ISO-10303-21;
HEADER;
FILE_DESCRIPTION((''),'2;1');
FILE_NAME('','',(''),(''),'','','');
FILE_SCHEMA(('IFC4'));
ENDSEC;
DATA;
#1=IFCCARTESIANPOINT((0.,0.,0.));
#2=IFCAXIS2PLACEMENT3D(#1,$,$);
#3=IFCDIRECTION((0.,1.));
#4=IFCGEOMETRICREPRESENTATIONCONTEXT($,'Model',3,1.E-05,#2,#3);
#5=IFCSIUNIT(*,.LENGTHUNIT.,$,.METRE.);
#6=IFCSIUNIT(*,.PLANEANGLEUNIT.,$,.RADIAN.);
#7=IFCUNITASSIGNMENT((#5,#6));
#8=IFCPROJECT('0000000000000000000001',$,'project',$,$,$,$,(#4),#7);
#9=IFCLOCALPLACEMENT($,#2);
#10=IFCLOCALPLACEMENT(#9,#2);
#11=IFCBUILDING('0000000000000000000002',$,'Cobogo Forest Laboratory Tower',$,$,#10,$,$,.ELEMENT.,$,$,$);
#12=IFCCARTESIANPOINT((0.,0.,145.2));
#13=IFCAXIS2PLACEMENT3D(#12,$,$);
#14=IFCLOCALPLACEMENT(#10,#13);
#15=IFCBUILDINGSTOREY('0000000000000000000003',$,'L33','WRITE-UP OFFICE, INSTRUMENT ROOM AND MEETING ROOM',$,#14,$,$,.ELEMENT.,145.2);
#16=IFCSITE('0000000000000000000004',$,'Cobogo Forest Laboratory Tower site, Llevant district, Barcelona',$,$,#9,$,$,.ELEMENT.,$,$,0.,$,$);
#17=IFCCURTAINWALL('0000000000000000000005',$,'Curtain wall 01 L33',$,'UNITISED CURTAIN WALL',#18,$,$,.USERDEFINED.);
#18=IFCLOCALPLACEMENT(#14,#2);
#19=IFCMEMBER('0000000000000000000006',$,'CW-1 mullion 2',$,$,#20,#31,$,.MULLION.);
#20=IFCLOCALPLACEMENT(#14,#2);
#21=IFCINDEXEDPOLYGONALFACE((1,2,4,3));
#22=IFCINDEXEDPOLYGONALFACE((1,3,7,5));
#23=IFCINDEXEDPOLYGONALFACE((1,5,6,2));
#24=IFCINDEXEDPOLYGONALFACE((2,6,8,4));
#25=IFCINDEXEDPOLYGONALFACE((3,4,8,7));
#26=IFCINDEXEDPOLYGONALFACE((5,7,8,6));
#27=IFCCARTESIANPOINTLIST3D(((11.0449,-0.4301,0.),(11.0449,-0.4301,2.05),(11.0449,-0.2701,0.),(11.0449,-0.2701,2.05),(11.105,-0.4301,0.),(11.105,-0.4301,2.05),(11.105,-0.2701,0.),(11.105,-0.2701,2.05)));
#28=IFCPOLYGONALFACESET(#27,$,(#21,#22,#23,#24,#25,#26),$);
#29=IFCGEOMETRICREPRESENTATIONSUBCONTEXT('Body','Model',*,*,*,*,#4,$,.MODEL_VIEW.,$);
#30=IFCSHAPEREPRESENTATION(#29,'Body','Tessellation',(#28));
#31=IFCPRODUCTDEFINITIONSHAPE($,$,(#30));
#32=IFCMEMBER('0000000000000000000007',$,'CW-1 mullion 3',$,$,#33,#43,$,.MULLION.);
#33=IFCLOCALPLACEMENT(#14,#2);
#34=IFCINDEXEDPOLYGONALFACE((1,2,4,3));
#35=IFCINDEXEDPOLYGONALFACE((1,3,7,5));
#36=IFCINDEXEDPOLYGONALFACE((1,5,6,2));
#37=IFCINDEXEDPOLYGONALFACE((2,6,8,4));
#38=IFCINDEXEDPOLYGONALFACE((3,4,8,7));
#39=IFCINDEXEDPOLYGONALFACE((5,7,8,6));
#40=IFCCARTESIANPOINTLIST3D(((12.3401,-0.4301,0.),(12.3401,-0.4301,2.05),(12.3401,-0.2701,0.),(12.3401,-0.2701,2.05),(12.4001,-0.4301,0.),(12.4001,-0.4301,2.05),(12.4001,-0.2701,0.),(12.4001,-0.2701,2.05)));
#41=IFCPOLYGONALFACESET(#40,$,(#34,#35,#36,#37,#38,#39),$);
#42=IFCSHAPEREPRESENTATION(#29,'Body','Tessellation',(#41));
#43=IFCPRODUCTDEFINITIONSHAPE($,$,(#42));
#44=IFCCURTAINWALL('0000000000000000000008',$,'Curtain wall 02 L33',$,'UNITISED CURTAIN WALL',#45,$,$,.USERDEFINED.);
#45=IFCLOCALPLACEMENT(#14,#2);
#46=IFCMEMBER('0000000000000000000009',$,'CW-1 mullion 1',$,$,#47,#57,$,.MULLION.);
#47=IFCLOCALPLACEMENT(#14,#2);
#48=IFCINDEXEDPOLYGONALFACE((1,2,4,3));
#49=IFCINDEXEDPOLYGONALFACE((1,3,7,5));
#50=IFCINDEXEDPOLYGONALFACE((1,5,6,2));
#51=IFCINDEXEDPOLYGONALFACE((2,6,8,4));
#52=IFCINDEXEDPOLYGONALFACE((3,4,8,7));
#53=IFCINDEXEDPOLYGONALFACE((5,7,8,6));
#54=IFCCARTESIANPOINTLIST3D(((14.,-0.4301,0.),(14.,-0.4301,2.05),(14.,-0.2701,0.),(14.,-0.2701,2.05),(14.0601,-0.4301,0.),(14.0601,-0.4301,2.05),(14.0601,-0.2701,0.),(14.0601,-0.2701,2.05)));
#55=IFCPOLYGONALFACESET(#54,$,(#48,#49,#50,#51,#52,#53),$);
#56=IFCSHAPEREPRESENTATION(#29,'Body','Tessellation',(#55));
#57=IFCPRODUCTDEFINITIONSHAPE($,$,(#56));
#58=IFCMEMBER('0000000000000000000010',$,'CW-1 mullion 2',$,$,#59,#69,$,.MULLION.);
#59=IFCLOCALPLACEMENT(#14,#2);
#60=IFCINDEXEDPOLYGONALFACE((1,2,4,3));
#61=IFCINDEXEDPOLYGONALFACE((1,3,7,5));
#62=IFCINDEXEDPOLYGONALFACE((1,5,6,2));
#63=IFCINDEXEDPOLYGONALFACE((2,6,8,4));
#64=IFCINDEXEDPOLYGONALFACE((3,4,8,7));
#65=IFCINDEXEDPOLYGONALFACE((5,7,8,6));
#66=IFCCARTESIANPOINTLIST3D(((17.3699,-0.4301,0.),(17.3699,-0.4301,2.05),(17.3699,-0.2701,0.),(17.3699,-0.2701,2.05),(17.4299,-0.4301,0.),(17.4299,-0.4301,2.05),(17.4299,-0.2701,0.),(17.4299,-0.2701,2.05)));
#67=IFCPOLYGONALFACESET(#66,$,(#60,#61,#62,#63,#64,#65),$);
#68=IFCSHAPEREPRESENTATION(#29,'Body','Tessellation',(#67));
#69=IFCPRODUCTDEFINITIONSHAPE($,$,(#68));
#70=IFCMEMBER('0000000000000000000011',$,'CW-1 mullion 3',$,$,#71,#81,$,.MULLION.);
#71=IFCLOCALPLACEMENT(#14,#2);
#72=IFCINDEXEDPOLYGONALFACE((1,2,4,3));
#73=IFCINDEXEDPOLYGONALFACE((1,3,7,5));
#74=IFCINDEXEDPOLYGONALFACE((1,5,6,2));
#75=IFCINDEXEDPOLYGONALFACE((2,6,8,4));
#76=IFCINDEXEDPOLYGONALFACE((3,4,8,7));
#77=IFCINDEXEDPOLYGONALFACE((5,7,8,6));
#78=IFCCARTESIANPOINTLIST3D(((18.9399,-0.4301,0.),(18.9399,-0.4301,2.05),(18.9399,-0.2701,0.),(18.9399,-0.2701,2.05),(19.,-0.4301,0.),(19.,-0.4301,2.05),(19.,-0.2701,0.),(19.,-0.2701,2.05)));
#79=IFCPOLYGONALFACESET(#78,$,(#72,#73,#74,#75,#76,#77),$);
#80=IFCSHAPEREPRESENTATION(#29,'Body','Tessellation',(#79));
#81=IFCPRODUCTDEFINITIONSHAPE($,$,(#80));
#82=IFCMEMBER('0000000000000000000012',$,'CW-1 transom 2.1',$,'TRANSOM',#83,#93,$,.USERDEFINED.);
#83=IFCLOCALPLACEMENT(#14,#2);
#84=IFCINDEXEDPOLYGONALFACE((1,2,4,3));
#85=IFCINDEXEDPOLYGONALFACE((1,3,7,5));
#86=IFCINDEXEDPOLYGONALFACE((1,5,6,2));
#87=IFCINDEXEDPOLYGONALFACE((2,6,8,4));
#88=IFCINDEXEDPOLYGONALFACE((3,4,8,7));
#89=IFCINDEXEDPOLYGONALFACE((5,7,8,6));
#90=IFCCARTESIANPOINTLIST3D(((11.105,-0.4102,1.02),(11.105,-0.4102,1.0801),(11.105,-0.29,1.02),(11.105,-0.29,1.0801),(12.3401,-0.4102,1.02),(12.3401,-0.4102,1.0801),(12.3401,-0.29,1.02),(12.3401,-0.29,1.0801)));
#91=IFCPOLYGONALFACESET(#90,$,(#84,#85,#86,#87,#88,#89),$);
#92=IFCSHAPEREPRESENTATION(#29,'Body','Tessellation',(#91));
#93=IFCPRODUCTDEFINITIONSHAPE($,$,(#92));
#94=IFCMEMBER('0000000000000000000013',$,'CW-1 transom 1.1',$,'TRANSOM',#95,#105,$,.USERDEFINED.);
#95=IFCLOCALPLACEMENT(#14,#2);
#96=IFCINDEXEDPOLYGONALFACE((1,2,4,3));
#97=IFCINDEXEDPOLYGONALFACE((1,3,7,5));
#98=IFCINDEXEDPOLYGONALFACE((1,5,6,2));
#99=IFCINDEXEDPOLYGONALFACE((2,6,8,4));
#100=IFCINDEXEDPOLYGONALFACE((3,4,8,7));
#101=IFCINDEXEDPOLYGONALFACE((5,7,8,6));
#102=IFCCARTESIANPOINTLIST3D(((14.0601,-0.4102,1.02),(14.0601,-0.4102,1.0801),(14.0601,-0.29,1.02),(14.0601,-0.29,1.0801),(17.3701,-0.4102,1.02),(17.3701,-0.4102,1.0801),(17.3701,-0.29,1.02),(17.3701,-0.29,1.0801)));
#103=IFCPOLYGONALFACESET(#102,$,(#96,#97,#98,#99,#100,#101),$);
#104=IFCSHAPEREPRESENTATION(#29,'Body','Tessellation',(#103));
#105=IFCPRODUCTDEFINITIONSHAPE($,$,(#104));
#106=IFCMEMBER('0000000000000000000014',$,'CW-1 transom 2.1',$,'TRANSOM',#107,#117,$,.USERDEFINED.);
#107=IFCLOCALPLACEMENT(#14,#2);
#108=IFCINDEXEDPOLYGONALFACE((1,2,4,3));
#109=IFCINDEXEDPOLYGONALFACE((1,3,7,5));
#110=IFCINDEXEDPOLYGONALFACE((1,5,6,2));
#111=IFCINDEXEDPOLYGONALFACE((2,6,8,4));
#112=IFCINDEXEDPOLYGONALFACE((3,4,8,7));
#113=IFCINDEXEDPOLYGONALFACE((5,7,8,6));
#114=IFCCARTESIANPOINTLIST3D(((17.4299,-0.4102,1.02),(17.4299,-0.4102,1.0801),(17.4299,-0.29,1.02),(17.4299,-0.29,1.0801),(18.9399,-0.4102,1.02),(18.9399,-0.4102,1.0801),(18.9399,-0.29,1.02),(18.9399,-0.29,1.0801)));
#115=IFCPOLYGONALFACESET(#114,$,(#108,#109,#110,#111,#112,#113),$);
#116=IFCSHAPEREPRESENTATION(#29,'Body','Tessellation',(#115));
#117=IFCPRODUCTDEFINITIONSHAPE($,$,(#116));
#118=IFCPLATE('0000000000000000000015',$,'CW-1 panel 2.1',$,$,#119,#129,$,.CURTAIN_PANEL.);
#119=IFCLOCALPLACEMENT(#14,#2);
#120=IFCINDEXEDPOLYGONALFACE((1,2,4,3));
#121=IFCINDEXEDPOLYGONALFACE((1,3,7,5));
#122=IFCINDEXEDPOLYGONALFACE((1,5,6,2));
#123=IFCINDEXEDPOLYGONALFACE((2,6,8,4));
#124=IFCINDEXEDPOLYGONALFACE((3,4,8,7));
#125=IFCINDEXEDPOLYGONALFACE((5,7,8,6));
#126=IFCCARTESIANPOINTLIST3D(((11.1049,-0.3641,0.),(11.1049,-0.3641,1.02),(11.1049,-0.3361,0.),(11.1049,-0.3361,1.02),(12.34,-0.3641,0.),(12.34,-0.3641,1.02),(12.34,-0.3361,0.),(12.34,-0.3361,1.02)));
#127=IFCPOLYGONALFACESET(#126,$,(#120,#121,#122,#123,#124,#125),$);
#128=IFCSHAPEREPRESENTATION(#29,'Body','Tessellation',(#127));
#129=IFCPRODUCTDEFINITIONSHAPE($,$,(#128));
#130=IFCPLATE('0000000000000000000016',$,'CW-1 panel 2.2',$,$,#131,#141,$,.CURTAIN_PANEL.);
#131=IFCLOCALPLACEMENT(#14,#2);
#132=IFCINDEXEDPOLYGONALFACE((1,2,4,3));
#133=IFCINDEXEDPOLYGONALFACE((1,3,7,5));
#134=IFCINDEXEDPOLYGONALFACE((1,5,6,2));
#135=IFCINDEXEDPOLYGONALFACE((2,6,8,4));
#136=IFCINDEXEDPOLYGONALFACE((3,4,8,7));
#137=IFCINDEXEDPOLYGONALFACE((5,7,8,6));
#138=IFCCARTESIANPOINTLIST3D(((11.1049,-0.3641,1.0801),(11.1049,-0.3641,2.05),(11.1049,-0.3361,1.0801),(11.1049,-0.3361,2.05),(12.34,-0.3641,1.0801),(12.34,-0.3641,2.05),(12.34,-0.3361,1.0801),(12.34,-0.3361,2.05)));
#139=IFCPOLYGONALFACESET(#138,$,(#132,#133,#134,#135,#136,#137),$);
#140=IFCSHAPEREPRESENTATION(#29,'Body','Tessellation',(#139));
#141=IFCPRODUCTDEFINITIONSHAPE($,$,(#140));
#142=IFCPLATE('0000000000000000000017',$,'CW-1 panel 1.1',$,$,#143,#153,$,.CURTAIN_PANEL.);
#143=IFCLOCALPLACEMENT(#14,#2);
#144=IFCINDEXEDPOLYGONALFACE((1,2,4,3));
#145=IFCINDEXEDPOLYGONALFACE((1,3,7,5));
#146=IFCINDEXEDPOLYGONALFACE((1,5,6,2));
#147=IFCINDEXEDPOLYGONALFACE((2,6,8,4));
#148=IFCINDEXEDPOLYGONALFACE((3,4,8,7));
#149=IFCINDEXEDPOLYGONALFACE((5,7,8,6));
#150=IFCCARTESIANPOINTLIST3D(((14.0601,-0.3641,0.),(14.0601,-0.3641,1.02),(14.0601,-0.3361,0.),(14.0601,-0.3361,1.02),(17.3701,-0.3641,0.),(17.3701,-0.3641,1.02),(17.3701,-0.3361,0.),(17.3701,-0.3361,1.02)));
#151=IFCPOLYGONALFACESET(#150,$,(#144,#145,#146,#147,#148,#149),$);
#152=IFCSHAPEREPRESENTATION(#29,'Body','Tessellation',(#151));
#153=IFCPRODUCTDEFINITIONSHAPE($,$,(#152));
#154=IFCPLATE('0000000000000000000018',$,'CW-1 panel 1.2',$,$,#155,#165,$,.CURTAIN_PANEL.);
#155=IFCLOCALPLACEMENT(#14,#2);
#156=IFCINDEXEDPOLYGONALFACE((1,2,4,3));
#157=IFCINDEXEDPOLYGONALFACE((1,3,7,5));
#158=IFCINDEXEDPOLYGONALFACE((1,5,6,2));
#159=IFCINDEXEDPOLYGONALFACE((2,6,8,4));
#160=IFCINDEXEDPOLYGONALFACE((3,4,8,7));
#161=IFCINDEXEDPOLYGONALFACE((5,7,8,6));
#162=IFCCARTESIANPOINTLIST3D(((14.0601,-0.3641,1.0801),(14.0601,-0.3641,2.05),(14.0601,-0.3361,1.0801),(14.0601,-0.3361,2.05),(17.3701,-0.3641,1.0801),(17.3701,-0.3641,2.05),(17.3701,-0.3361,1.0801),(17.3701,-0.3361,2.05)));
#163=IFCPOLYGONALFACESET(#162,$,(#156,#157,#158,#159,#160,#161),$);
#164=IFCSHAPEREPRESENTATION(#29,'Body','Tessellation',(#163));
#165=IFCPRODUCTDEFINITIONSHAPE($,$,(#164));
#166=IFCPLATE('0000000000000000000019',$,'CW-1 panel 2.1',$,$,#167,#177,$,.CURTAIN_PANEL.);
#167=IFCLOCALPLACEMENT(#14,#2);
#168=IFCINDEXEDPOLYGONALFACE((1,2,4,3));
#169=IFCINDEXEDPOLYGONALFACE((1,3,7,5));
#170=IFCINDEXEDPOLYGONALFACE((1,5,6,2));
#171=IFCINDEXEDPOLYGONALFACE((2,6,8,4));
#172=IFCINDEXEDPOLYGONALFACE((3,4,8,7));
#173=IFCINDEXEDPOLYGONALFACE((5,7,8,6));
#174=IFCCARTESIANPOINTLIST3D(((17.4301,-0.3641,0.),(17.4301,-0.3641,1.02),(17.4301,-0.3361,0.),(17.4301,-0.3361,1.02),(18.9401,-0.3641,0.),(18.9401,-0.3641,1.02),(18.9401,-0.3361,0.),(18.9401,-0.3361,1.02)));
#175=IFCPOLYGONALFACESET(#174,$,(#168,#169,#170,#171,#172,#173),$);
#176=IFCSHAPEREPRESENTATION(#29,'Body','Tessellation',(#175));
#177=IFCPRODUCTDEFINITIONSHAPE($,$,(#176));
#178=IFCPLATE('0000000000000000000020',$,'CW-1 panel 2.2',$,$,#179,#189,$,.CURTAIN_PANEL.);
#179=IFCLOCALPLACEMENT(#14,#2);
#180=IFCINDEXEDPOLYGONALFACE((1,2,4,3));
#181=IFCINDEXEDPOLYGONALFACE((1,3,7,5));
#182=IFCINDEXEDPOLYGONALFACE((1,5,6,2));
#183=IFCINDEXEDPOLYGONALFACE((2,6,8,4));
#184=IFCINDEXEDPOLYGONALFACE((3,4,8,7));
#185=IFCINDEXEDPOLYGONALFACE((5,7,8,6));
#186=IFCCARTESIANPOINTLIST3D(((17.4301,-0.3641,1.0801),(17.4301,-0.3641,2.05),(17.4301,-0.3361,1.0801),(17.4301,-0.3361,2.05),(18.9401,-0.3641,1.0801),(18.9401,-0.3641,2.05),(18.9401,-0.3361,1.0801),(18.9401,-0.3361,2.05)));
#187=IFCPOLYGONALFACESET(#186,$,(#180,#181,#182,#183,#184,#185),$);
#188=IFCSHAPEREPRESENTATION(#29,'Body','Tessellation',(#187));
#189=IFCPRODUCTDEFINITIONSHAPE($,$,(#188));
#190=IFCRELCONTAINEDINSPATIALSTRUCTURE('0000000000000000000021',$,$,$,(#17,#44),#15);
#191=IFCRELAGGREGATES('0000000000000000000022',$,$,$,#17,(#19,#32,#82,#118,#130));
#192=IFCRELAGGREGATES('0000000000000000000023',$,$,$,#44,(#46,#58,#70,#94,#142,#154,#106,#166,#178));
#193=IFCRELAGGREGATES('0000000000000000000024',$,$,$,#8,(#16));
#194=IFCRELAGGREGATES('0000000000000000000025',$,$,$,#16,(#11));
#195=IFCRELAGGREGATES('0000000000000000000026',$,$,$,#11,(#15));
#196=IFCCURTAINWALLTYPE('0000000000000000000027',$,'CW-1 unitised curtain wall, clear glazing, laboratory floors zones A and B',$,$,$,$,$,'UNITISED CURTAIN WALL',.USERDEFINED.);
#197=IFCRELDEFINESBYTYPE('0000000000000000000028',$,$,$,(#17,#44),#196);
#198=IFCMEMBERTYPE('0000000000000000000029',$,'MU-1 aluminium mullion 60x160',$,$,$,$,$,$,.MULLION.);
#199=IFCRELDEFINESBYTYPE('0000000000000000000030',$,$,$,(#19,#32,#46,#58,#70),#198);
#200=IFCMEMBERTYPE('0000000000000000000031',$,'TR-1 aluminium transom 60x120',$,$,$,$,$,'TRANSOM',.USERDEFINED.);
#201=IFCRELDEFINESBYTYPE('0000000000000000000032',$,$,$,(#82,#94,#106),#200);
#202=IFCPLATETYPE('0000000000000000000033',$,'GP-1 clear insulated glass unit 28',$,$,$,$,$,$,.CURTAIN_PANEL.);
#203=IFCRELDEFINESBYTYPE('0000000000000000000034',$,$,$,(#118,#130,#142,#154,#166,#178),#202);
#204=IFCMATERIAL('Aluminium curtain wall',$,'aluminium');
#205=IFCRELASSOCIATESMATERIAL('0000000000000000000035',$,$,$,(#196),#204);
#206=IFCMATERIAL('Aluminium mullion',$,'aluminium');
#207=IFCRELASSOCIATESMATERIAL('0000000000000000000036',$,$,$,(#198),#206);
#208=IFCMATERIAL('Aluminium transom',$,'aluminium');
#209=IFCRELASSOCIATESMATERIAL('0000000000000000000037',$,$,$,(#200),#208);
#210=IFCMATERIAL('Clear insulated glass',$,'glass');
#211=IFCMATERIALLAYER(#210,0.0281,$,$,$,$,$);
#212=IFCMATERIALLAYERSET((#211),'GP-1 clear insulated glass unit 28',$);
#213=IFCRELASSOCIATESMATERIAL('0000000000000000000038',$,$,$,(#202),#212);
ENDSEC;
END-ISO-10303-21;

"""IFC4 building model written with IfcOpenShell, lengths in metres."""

from ifc_helpers import new_model, si_unit, direction, frame, origin, origin_2d, place, context, subcontext, project, spatial, rectangle, extrude, material, layer, layer_set, material_profile, profile_set, type_object, element, aggregate, save


model = new_model("IFC4")

# Units and contexts
model_context = context("Model", 3, precision=1e-05, world=origin(), true_north=direction((0.0, 1.0)))
body_context = subcontext(model_context, "Body", "Model", "MODEL_VIEW")
ifc_project = project(units=[si_unit("LENGTHUNIT", "METRE"), si_unit("PLANEANGLEUNIT", "RADIAN")], contexts=[model_context])

# Site, building, storey
site_placement = place(None, origin())
site = spatial("IfcSite", under=ifc_project, at=site_placement, Name="Cobogo Forest Laboratory Tower site, Llevant district, Barcelona", CompositionType="ELEMENT", RefElevation=0.0)
building_placement = place(site_placement, origin())
building = spatial("IfcBuilding", under=site, at=building_placement, Name="Cobogo Forest Laboratory Tower", CompositionType="ELEMENT")
storey_placement = place(building_placement, frame((0.0, 0.0, 145.2)))
storey = spatial("IfcBuildingStorey", under=building, at=storey_placement, Name="L33", Description="WRITE-UP OFFICE, INSTRUMENT ROOM AND MEETING ROOM", CompositionType="ELEMENT", Elevation=145.2)

# Curtain walls, members
ifc_material_1 = material(Name="Aluminium curtain wall", Category="aluminium")
curtain_wall_type = type_object("IfcCurtainWallType", Name="CW-1 unitised curtain wall, clear glazing, laboratory floors zones A and B", ElementType="UNITISED CURTAIN WALL", PredefinedType="USERDEFINED", material=ifc_material_1)
curtain_wall_1_placement = place(storey_placement, origin())
curtain_wall_1 = element("IfcCurtainWall", 1, at=curtain_wall_1_placement, inside=storey, type_object=curtain_wall_type, Name="Curtain wall 01 L33", ObjectType="UNITISED CURTAIN WALL", PredefinedType="USERDEFINED")
ifc_material_2 = material(Name="Aluminium mullion", Category="aluminium")
ifc_material_profile_1 = material_profile(ifc_material_2, rectangle(XDim=0.0601, YDim=0.1599, at=origin_2d()), Name="AL 60x160")
ifc_profile_set_1 = profile_set([ifc_material_profile_1], Name="Aluminium mullion")
member_type_1 = type_object("IfcMemberType", Name="MU-1 aluminium mullion 60x160", PredefinedType="MULLION", material=ifc_profile_set_1)
member_1_placement = place(storey_placement, frame((11.075, -0.3501, 0.0), z_axis=(0.0, 0.0, 1.0), x_axis=(1.0, 0.0, 0.0)))
member_1 = element("IfcMember", 2, at=member_1_placement, type_object=member_type_1, Name="CW-1 mullion 2", PredefinedType="MULLION", context=body_context, shape_type="SweptSolid", body=[
    extrude(rectangle(XDim=0.0601, YDim=0.1599, at=origin_2d()), origin(), (0.0, 0.0, 1.0), 2.05),
])
member_2_placement = place(storey_placement, frame((12.3701, -0.3501, 0.0), z_axis=(0.0, 0.0, 1.0), x_axis=(1.0, 0.0, 0.0)))
member_2 = element("IfcMember", 3, at=member_2_placement, type_object=member_type_1, Name="CW-1 mullion 3", PredefinedType="MULLION", context=body_context, shape_type="SweptSolid", body=[
    extrude(rectangle(XDim=0.0601, YDim=0.1599, at=origin_2d()), origin(), (0.0, 0.0, 1.0), 2.05),
])
curtain_wall_2_placement = place(storey_placement, origin())
curtain_wall_2 = element("IfcCurtainWall", 4, at=curtain_wall_2_placement, inside=storey, type_object=curtain_wall_type, Name="Curtain wall 02 L33", ObjectType="UNITISED CURTAIN WALL", PredefinedType="USERDEFINED")
member_3_placement = place(storey_placement, frame((14.03, -0.3501, 0.0), z_axis=(0.0, 0.0, 1.0), x_axis=(1.0, 0.0, 0.0)))
member_3 = element("IfcMember", 5, at=member_3_placement, type_object=member_type_1, Name="CW-1 mullion 1", PredefinedType="MULLION", context=body_context, shape_type="SweptSolid", body=[
    extrude(rectangle(XDim=0.0601, YDim=0.1599, at=origin_2d()), origin(), (0.0, 0.0, 1.0), 2.05),
])
member_4_placement = place(storey_placement, frame((17.3999, -0.3501, 0.0), z_axis=(0.0, 0.0, 1.0), x_axis=(1.0, 0.0, 0.0)))
member_4 = element("IfcMember", 6, at=member_4_placement, type_object=member_type_1, Name="CW-1 mullion 2", PredefinedType="MULLION", context=body_context, shape_type="SweptSolid", body=[
    extrude(rectangle(XDim=0.0601, YDim=0.1599, at=origin_2d()), origin(), (0.0, 0.0, 1.0), 2.05),
])
member_5_placement = place(storey_placement, frame((18.97, -0.3501, 0.0), z_axis=(0.0, 0.0, 1.0), x_axis=(1.0, 0.0, 0.0)))
member_5 = element("IfcMember", 7, at=member_5_placement, type_object=member_type_1, Name="CW-1 mullion 3", PredefinedType="MULLION", context=body_context, shape_type="SweptSolid", body=[
    extrude(rectangle(XDim=0.0601, YDim=0.1599, at=origin_2d()), origin(), (0.0, 0.0, 1.0), 2.05),
])

# Members
ifc_material_3 = material(Name="Aluminium transom", Category="aluminium")
ifc_material_profile_2 = material_profile(ifc_material_3, rectangle(XDim=0.1201, YDim=0.0601, at=origin_2d()), Name="AL 60x120")
ifc_profile_set_2 = profile_set([ifc_material_profile_2], Name="Aluminium transom")
member_type_2 = type_object("IfcMemberType", Name="TR-1 aluminium transom 60x120", ElementType="TRANSOM", PredefinedType="USERDEFINED", material=ifc_profile_set_2)
member_6_placement = place(storey_placement, frame((11.105, -0.3501, 1.05), z_axis=(1.0, 0.0, 0.0), x_axis=(0.0, 1.0, 0.0)))
member_6 = element("IfcMember", 8, at=member_6_placement, type_object=member_type_2, Name="CW-1 transom 2.1", ObjectType="TRANSOM", PredefinedType="USERDEFINED", context=body_context, shape_type="SweptSolid", body=[
    extrude(rectangle(XDim=0.1201, YDim=0.0601, at=origin_2d()), origin(), (0.0, 0.0, 1.0), 1.2351),
])
member_7_placement = place(storey_placement, frame((14.0601, -0.3501, 1.05), z_axis=(1.0, 0.0, 0.0), x_axis=(0.0, 1.0, 0.0)))
member_7 = element("IfcMember", 9, at=member_7_placement, type_object=member_type_2, Name="CW-1 transom 1.1", ObjectType="TRANSOM", PredefinedType="USERDEFINED", context=body_context, shape_type="SweptSolid", body=[
    extrude(rectangle(XDim=0.1201, YDim=0.0601, at=origin_2d()), origin(), (0.0, 0.0, 1.0), 3.3101),
])
member_8_placement = place(storey_placement, frame((17.4299, -0.3501, 1.05), z_axis=(1.0, 0.0, 0.0), x_axis=(0.0, 1.0, 0.0)))
member_8 = element("IfcMember", 10, at=member_8_placement, type_object=member_type_2, Name="CW-1 transom 2.1", ObjectType="TRANSOM", PredefinedType="USERDEFINED", context=body_context, shape_type="SweptSolid", body=[
    extrude(rectangle(XDim=0.1201, YDim=0.0601, at=origin_2d()), origin(), (0.0, 0.0, 1.0), 1.51),
])

# Plates
ifc_material_4 = material(Name="Clear insulated glass", Category="glass")
ifc_layer_1 = layer(ifc_material_4, 0.0281)
ifc_layer_set_1 = layer_set([ifc_layer_1], Name="GP-1 clear insulated glass unit 28")
plate_type_1 = type_object("IfcPlateType", Name="GP-1 clear insulated glass unit 28", PredefinedType="CURTAIN_PANEL", material=ifc_layer_set_1)
plate_1_placement = place(storey_placement, frame((11.7224, -0.3501, 0.0), z_axis=(0.0, 0.0, 1.0), x_axis=(1.0, 0.0, 0.0)))
plate_1 = element("IfcPlate", 11, at=plate_1_placement, type_object=plate_type_1, Name="CW-1 panel 2.1", PredefinedType="CURTAIN_PANEL", context=body_context, shape_type="SweptSolid", body=[
    extrude(rectangle(XDim=1.2351, YDim=0.0281, at=origin_2d()), origin(), (0.0, 0.0, 1.0), 1.02),
])
plate_2_placement = place(storey_placement, frame((11.7224, -0.3501, 1.0801), z_axis=(0.0, 0.0, 1.0), x_axis=(1.0, 0.0, 0.0)))
plate_2 = element("IfcPlate", 12, at=plate_2_placement, type_object=plate_type_1, Name="CW-1 panel 2.2", PredefinedType="CURTAIN_PANEL", context=body_context, shape_type="SweptSolid", body=[
    extrude(rectangle(XDim=1.2351, YDim=0.0281, at=origin_2d()), origin(), (0.0, 0.0, 1.0), 0.97),
])
aggregate(curtain_wall_1, [member_1, member_2, member_6, plate_1, plate_2])
plate_3_placement = place(storey_placement, frame((15.7151, -0.3501, 0.0), z_axis=(0.0, 0.0, 1.0), x_axis=(1.0, 0.0, 0.0)))
plate_3 = element("IfcPlate", 13, at=plate_3_placement, type_object=plate_type_1, Name="CW-1 panel 1.1", PredefinedType="CURTAIN_PANEL", context=body_context, shape_type="SweptSolid", body=[
    extrude(rectangle(XDim=3.3101, YDim=0.0281, at=origin_2d()), origin(), (0.0, 0.0, 1.0), 1.02),
])
plate_4_placement = place(storey_placement, frame((15.7151, -0.3501, 1.0801), z_axis=(0.0, 0.0, 1.0), x_axis=(1.0, 0.0, 0.0)))
plate_4 = element("IfcPlate", 14, at=plate_4_placement, type_object=plate_type_1, Name="CW-1 panel 1.2", PredefinedType="CURTAIN_PANEL", context=body_context, shape_type="SweptSolid", body=[
    extrude(rectangle(XDim=3.3101, YDim=0.0281, at=origin_2d()), origin(), (0.0, 0.0, 1.0), 0.97),
])
plate_5_placement = place(storey_placement, frame((18.1851, -0.3501, 0.0), z_axis=(0.0, 0.0, 1.0), x_axis=(1.0, 0.0, 0.0)))
plate_5 = element("IfcPlate", 15, at=plate_5_placement, type_object=plate_type_1, Name="CW-1 panel 2.1", PredefinedType="CURTAIN_PANEL", context=body_context, shape_type="SweptSolid", body=[
    extrude(rectangle(XDim=1.51, YDim=0.0281, at=origin_2d()), origin(), (0.0, 0.0, 1.0), 1.02),
])
plate_6_placement = place(storey_placement, frame((18.1851, -0.3501, 1.0801), z_axis=(0.0, 0.0, 1.0), x_axis=(1.0, 0.0, 0.0)))
plate_6 = element("IfcPlate", 16, at=plate_6_placement, type_object=plate_type_1, Name="CW-1 panel 2.2", PredefinedType="CURTAIN_PANEL", context=body_context, shape_type="SweptSolid", body=[
    extrude(rectangle(XDim=1.51, YDim=0.0281, at=origin_2d()), origin(), (0.0, 0.0, 1.0), 0.97),
])
aggregate(curtain_wall_2, [member_3, member_4, member_5, member_7, plate_3, plate_4, member_8, plate_5, plate_6])

save(model, "model.ifc")
